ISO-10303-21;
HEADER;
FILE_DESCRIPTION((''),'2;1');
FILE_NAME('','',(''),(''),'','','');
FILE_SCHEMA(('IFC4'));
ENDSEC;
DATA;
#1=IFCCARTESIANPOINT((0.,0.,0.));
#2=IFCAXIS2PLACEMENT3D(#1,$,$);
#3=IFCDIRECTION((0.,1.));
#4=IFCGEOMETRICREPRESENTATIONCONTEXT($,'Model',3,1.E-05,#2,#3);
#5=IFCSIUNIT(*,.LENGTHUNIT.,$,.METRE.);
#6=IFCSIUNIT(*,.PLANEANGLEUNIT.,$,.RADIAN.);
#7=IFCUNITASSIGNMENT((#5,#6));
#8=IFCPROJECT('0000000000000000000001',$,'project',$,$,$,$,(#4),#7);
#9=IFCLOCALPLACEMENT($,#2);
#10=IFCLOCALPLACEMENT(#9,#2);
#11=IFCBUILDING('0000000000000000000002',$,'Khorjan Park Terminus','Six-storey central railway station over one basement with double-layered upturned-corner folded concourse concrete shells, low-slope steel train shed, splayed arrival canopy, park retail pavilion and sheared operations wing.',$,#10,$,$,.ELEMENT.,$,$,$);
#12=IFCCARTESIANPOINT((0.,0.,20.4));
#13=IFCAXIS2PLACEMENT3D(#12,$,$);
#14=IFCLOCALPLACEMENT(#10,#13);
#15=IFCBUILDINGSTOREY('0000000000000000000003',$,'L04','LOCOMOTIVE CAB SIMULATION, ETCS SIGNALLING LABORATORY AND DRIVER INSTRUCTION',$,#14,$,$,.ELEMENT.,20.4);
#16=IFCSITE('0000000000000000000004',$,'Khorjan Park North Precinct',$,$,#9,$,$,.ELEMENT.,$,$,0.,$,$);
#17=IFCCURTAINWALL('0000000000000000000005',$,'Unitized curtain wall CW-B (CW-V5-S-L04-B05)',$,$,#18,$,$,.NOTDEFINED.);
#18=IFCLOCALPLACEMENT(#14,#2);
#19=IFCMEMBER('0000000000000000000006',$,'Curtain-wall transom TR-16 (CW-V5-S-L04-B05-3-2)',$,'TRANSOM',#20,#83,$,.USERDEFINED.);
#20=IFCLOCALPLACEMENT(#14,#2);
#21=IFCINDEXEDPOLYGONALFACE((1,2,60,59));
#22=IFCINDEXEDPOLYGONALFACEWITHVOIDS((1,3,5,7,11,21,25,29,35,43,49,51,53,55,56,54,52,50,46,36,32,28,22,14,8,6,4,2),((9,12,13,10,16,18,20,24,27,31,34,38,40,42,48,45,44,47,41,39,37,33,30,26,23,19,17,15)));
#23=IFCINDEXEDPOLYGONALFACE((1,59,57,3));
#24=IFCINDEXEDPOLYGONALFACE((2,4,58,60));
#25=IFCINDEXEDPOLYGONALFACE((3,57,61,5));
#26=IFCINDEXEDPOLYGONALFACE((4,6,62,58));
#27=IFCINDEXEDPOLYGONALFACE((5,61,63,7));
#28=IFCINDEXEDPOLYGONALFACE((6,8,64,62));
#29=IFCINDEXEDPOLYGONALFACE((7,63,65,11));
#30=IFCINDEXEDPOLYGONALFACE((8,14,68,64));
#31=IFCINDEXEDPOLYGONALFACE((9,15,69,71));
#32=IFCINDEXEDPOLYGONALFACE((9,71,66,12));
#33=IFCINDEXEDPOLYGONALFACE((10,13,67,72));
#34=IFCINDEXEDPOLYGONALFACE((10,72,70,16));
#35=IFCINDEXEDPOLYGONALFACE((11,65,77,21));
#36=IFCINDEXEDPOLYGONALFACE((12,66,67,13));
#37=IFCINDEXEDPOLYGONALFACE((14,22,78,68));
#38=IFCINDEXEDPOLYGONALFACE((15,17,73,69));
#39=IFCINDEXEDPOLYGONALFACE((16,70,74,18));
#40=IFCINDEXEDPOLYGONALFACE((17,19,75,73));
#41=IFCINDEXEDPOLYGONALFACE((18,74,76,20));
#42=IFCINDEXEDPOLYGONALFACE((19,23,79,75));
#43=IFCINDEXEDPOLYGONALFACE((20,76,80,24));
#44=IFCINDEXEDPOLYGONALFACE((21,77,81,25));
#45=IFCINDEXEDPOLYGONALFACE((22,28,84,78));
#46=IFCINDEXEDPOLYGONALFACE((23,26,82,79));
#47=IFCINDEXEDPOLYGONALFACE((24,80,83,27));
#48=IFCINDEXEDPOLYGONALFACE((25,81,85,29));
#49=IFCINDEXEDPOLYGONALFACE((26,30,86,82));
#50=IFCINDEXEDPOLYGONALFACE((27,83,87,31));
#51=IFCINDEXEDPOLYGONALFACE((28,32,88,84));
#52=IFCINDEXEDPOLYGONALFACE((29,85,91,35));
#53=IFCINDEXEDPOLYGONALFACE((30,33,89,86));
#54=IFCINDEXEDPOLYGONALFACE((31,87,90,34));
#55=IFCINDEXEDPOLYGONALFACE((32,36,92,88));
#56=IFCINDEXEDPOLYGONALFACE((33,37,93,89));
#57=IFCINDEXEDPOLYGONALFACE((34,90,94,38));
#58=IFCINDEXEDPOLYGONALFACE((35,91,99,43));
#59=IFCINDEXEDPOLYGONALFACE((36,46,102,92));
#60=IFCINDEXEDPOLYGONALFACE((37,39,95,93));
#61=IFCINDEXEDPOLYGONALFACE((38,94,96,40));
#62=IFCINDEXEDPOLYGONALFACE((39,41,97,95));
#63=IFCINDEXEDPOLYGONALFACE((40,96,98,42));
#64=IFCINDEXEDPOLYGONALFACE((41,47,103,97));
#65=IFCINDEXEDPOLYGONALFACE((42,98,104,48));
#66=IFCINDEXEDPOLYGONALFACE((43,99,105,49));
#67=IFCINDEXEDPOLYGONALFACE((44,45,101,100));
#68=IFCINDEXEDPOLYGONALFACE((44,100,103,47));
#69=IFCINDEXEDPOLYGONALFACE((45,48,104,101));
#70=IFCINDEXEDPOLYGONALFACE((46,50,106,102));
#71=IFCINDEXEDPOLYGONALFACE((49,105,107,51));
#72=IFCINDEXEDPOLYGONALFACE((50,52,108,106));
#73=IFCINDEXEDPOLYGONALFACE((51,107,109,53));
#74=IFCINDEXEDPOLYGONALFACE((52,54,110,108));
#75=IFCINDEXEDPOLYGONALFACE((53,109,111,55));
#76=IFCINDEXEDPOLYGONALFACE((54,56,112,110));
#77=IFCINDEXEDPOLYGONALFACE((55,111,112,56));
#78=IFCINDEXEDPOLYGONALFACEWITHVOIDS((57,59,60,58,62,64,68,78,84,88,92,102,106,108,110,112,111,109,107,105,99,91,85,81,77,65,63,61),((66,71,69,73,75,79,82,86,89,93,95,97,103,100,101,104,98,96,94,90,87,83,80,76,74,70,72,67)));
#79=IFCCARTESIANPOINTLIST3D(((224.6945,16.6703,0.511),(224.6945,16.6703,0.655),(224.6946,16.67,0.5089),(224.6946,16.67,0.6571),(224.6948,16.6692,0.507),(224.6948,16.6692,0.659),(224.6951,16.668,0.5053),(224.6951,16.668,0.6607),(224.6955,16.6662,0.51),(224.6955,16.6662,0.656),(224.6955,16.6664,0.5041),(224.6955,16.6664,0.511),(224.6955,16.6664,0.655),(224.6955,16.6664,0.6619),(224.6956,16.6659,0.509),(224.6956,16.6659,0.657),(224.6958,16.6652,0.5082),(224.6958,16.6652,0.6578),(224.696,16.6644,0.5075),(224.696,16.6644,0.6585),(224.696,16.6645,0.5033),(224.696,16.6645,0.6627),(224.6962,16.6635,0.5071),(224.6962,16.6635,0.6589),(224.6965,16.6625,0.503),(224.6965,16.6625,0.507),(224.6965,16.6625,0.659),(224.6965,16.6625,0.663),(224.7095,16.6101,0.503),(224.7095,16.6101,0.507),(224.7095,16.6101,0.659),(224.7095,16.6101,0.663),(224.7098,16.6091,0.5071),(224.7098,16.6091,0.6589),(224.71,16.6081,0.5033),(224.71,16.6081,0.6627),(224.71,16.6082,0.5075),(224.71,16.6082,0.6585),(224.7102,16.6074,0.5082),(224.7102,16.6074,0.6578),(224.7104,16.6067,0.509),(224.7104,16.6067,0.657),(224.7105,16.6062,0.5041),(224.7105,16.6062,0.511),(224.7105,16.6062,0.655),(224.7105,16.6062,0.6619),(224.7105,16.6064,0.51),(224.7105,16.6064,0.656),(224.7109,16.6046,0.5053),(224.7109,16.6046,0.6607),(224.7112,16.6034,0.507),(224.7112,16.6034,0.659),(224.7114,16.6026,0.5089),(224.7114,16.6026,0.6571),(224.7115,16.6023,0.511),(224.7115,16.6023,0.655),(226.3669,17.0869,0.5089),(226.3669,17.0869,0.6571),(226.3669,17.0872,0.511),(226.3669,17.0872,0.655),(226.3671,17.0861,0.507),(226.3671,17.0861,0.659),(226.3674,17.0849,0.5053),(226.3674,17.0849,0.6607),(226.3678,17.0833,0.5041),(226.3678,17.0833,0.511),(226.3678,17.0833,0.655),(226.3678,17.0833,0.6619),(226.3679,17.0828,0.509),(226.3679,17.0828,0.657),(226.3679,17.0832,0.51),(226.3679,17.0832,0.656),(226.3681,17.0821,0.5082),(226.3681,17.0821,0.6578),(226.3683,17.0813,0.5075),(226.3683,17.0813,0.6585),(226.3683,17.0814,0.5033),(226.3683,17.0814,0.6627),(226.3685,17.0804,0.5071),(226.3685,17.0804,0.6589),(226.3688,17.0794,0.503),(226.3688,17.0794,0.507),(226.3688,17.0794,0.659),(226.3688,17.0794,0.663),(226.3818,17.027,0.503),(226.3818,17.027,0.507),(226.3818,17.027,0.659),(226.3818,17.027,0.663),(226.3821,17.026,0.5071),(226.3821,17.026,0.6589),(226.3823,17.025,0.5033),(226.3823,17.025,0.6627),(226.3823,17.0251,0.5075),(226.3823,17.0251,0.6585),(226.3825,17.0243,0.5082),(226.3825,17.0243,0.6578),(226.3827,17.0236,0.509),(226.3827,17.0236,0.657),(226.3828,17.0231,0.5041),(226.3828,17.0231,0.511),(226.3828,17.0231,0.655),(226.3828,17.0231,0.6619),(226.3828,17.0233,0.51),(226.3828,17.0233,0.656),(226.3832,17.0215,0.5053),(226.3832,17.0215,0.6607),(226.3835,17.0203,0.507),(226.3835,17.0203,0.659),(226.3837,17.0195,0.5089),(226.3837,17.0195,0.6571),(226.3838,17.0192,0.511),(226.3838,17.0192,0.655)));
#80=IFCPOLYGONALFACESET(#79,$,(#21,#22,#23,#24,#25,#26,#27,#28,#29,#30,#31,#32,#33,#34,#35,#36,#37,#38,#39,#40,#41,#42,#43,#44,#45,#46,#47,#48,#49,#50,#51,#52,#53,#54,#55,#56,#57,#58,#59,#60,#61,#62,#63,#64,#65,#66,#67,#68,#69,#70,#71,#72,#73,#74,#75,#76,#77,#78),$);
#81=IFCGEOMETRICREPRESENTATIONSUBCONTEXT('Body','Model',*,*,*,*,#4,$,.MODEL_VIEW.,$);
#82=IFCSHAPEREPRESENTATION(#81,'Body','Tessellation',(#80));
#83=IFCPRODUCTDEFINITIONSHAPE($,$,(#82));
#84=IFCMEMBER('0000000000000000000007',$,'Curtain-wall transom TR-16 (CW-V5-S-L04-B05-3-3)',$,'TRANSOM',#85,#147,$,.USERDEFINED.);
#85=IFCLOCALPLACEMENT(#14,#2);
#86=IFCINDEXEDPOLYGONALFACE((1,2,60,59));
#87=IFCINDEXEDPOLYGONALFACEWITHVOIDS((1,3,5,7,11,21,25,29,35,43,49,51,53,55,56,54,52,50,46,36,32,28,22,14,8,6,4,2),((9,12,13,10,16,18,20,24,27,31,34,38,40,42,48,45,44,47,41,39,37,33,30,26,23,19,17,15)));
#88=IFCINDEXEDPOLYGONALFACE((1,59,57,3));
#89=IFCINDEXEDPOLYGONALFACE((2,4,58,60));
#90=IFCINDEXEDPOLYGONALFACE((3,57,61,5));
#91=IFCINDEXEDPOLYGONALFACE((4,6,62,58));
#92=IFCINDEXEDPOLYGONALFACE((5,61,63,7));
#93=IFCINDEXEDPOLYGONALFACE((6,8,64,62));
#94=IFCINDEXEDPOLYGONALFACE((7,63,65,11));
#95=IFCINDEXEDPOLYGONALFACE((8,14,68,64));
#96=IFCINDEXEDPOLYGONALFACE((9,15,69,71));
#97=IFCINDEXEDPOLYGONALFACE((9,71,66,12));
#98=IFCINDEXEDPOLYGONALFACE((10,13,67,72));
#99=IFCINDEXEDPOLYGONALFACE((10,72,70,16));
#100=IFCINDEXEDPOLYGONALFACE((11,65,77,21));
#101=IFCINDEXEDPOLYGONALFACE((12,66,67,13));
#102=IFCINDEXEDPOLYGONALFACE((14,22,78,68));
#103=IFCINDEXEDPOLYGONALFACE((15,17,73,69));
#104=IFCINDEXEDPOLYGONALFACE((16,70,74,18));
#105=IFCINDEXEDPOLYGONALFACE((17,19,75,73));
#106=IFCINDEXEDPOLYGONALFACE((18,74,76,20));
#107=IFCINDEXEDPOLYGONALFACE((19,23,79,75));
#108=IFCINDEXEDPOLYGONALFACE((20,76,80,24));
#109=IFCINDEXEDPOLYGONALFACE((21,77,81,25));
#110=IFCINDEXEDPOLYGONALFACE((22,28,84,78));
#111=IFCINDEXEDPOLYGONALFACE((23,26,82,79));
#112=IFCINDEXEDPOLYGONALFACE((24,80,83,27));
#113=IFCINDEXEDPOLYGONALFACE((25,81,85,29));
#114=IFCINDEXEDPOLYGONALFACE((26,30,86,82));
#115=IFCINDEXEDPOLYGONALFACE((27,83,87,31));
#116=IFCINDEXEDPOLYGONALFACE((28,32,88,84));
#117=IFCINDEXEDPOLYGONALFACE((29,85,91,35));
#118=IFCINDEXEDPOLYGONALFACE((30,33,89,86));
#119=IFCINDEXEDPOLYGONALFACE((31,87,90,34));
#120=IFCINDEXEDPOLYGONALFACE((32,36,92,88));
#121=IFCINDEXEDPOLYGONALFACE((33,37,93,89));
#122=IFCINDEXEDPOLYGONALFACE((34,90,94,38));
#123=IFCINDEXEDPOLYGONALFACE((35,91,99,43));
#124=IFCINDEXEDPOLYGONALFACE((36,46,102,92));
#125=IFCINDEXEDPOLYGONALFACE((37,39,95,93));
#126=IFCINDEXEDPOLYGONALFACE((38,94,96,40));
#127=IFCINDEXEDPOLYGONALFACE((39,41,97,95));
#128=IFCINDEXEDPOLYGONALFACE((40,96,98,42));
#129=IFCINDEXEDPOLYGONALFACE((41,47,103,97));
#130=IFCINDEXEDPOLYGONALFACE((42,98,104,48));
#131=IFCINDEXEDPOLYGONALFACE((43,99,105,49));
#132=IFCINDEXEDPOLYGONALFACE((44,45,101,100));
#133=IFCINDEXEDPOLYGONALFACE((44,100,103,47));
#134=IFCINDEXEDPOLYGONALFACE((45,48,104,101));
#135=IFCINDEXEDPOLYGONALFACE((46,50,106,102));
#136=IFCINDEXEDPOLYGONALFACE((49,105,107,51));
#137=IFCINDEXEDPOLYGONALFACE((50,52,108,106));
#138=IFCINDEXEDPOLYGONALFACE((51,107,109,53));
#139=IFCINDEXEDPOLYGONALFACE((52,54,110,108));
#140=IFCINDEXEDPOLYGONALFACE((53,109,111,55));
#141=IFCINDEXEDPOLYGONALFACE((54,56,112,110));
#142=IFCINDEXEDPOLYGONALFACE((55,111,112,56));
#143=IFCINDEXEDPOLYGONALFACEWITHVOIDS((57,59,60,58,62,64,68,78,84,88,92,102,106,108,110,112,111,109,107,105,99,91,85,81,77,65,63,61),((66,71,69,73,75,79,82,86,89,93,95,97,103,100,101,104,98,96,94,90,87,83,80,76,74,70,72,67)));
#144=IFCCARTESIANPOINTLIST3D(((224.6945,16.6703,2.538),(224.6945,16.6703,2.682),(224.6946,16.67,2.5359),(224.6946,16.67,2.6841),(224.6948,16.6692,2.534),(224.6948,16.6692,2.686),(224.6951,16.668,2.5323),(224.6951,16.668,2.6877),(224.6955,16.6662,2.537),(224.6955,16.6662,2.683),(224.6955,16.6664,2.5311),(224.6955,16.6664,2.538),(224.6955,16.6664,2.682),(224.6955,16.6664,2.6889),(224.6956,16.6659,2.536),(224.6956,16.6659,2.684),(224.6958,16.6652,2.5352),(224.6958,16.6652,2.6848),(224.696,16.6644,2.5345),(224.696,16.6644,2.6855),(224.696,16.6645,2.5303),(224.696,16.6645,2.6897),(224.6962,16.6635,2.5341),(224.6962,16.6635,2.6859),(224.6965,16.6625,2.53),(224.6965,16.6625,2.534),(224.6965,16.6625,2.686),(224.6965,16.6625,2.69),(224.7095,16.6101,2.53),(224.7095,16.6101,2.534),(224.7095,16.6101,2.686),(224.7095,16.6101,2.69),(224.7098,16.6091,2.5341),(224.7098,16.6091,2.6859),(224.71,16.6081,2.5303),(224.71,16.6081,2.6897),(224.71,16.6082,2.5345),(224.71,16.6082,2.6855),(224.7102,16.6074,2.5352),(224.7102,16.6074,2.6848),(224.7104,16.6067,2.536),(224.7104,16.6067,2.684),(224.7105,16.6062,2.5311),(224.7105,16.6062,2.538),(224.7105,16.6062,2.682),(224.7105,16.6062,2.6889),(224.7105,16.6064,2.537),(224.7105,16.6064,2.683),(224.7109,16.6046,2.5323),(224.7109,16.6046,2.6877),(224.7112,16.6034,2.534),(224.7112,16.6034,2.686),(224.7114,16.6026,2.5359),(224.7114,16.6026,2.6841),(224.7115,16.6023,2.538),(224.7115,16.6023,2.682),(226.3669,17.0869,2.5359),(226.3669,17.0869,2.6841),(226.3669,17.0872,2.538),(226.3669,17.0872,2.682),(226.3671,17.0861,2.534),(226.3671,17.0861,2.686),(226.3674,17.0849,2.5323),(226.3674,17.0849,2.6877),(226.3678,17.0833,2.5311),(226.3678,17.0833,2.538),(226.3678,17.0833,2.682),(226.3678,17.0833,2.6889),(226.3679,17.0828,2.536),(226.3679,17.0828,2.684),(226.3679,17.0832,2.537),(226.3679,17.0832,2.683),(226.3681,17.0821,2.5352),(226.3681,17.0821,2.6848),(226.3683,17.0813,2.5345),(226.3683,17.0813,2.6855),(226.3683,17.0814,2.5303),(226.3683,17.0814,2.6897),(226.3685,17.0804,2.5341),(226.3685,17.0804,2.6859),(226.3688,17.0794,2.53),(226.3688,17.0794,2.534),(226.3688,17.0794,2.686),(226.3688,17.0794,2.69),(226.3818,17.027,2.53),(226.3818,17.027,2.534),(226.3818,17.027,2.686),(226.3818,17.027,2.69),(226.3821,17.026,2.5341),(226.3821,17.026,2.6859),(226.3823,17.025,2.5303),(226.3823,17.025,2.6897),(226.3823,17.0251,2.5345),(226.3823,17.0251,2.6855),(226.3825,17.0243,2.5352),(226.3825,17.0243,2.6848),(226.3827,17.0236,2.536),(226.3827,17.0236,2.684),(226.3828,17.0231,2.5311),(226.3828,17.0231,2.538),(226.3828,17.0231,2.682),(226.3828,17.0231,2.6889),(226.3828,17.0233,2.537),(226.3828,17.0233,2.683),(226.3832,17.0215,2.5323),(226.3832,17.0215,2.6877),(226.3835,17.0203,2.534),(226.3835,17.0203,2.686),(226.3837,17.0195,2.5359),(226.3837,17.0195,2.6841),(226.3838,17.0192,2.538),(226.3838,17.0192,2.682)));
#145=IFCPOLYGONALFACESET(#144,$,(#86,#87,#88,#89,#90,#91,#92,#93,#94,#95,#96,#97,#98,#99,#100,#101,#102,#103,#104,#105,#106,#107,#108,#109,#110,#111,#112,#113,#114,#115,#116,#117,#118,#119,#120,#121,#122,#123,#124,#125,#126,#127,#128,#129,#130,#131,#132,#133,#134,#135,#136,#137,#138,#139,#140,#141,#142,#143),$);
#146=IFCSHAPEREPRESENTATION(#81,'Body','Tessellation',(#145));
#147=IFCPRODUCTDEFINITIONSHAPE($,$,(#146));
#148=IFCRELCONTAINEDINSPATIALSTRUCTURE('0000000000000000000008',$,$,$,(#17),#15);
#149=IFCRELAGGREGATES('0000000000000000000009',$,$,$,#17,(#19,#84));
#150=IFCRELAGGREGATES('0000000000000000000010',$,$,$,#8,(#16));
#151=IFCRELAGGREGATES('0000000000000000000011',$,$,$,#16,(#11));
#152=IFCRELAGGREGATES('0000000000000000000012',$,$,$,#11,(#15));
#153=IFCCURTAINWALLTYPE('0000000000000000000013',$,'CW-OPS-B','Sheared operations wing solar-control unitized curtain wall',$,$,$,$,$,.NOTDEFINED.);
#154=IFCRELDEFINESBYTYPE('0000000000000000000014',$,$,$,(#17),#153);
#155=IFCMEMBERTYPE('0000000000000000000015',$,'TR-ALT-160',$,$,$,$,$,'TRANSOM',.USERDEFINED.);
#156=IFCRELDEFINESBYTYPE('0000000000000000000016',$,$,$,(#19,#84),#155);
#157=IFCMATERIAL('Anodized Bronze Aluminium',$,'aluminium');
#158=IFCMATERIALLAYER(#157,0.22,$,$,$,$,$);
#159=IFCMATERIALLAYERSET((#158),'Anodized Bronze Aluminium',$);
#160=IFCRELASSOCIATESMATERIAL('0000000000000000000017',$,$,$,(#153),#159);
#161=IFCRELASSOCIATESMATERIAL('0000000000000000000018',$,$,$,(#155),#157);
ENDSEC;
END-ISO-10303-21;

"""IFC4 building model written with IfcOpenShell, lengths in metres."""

from ifc_helpers import new_model, si_unit, direction, frame, origin, origin_2d, place, context, subcontext, project, spatial, hollow_rectangle, extrude, material, layer, layer_set, material_profile, profile_set, type_object, element, aggregate, save


model = new_model("IFC4")

# Units and contexts
model_context = context("Model", 3, precision=1e-05, world=origin(), true_north=direction((0.0, 1.0)))
body_context = subcontext(model_context, "Body", "Model", "MODEL_VIEW")
ifc_project = project(units=[si_unit("LENGTHUNIT", "METRE"), si_unit("PLANEANGLEUNIT", "RADIAN")], contexts=[model_context])

# Site, building, storey
site_placement = place(None, origin())
site = spatial("IfcSite", under=ifc_project, at=site_placement, Name="Khorjan Park North Precinct", CompositionType="ELEMENT", RefElevation=0.0)
building_placement = place(site_placement, origin())
building = spatial("IfcBuilding", under=site, at=building_placement, Name="Khorjan Park Terminus", Description="Six-storey central railway station over one basement with double-layered upturned-corner folded concourse concrete shells, low-slope steel train shed, splayed arrival canopy, park retail pavilion and sheared operations wing.", CompositionType="ELEMENT")
storey_placement = place(building_placement, frame((0.0, 0.0, 20.4)))
storey = spatial("IfcBuildingStorey", under=building, at=storey_placement, Name="L04", Description="LOCOMOTIVE CAB SIMULATION, ETCS SIGNALLING LABORATORY AND DRIVER INSTRUCTION", CompositionType="ELEMENT", Elevation=20.4)

# Curtain wall
ifc_material_1 = material(Name="Anodized Bronze Aluminium", Category="aluminium")
ifc_layer_1 = layer(ifc_material_1, 0.22)
ifc_layer_set_1 = layer_set([ifc_layer_1], Name="Anodized Bronze Aluminium")
curtain_wall_type = type_object("IfcCurtainWallType", Name="CW-OPS-B", Description="Sheared operations wing solar-control unitized curtain wall", PredefinedType="NOTDEFINED", material=ifc_layer_set_1)
curtain_wall_1_placement = place(storey_placement, origin())
curtain_wall_1 = element("IfcCurtainWall", 1, at=curtain_wall_1_placement, inside=storey, type_object=curtain_wall_type, Name="Unitized curtain wall CW-B (CW-V5-S-L04-B05)", PredefinedType="NOTDEFINED")

# Members
ifc_material_profile_1 = material_profile(ifc_material_1, hollow_rectangle(XDim=0.07, YDim=0.16, WallThickness=0.004, InnerFilletRadius=0.004, OuterFilletRadius=0.008, at=origin_2d()), Name="ALT 70x160x4")
ifc_profile_set_1 = profile_set([ifc_material_profile_1], Name="Anodized Bronze Aluminium")
member_type_1 = type_object("IfcMemberType", Name="TR-ALT-160", ElementType="TRANSOM", PredefinedType="USERDEFINED", material=ifc_profile_set_1)
member_1_placement = place(storey_placement, frame((224.703, 16.6363, 0.583), z_axis=(0.970303, 0.241894, 0.0), x_axis=(-0.241894, 0.970303, 0.0)))
member_1 = element("IfcMember", 2, at=member_1_placement, type_object=member_type_1, Name="Curtain-wall transom TR-16 (CW-V5-S-L04-B05-3-2)", ObjectType="TRANSOM", PredefinedType="USERDEFINED", context=body_context, shape_type="SweptSolid", body=[
    extrude(hollow_rectangle(XDim=0.07, YDim=0.16, WallThickness=0.004, InnerFilletRadius=0.004, OuterFilletRadius=0.008, at=origin_2d()), origin(), (0.0, 0.0, 1.0), 1.7235),
])
member_2_placement = place(storey_placement, frame((224.703, 16.6363, 2.61), z_axis=(0.970303, 0.241894, 0.0), x_axis=(-0.241894, 0.970303, 0.0)))
member_2 = element("IfcMember", 3, at=member_2_placement, type_object=member_type_1, Name="Curtain-wall transom TR-16 (CW-V5-S-L04-B05-3-3)", ObjectType="TRANSOM", PredefinedType="USERDEFINED", context=body_context, shape_type="SweptSolid", body=[
    extrude(hollow_rectangle(XDim=0.07, YDim=0.16, WallThickness=0.004, InnerFilletRadius=0.004, OuterFilletRadius=0.008, at=origin_2d()), origin(), (0.0, 0.0, 1.0), 1.7235),
])

aggregate(curtain_wall_1, [member_1, member_2])

save(model, "model.ifc")
